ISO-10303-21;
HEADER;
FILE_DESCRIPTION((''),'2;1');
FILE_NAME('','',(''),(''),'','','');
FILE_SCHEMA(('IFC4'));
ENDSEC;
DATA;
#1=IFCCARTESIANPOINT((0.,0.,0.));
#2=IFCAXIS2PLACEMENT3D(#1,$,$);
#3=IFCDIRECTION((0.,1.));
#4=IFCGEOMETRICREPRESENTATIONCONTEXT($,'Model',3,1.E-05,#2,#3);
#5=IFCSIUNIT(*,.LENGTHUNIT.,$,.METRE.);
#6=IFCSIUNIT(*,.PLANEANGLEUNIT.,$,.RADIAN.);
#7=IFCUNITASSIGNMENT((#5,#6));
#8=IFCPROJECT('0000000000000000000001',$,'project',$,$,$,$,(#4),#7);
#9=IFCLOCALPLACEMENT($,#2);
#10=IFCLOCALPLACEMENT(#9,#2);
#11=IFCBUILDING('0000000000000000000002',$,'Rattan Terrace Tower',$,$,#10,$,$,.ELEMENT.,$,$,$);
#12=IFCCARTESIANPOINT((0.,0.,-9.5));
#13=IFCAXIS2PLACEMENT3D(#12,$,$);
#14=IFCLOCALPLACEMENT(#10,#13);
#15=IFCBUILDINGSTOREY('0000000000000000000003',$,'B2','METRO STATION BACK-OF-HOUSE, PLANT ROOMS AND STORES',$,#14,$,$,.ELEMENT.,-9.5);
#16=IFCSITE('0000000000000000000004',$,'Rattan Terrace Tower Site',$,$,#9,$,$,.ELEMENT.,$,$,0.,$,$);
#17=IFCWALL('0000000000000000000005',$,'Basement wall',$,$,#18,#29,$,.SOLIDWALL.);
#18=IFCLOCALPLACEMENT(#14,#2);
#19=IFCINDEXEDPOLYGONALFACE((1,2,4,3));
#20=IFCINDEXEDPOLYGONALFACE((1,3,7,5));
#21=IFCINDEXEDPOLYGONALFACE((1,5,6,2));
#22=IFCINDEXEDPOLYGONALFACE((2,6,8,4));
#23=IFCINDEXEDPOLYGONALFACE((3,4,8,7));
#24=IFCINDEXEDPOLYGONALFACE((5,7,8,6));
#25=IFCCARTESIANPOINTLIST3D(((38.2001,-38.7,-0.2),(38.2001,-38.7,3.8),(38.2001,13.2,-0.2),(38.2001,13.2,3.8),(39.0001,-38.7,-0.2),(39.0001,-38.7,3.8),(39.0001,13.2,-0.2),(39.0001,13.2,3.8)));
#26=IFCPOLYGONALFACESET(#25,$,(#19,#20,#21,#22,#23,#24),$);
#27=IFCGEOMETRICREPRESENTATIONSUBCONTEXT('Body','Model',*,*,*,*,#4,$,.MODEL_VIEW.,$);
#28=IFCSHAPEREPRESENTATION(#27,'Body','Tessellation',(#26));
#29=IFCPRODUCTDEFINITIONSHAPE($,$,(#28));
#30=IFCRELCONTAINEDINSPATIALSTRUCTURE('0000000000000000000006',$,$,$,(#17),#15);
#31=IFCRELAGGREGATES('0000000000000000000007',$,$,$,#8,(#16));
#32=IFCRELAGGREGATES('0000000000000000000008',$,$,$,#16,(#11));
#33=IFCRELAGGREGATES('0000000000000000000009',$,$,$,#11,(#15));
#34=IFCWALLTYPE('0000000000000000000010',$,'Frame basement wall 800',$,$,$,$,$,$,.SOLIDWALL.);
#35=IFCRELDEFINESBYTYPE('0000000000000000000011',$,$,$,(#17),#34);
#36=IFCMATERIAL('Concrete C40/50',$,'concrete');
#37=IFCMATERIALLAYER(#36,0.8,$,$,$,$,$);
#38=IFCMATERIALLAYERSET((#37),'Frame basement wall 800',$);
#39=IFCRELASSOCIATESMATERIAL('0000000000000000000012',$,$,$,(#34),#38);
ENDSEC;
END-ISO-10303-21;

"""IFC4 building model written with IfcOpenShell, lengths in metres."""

from ifc_helpers import new_model, si_unit, direction, frame, frame_2d, origin, place, context, subcontext, project, spatial, rectangle, extrude, material, layer, layer_set, type_object, element, save


model = new_model("IFC4")

# Units and contexts
model_context = context("Model", 3, precision=1e-05, world=origin(), true_north=direction((0.0, 1.0)))
body_context = subcontext(model_context, "Body", "Model", "MODEL_VIEW")
ifc_project = project(units=[si_unit("LENGTHUNIT", "METRE"), si_unit("PLANEANGLEUNIT", "RADIAN")], contexts=[model_context])

# Site, building, storey
site_placement = place(None, origin())
site = spatial("IfcSite", under=ifc_project, at=site_placement, Name="Rattan Terrace Tower Site", CompositionType="ELEMENT", RefElevation=0.0)
building_placement = place(site_placement, origin())
building = spatial("IfcBuilding", under=site, at=building_placement, Name="Rattan Terrace Tower", CompositionType="ELEMENT")
storey_placement = place(building_placement, frame((0.0, 0.0, -9.5)))
storey = spatial("IfcBuildingStorey", under=building, at=storey_placement, Name="B2", Description="METRO STATION BACK-OF-HOUSE, PLANT ROOMS AND STORES", CompositionType="ELEMENT", Elevation=-9.5)

# Wall
ifc_material_1 = material(Name="Concrete C40/50", Category="concrete")
ifc_layer = layer(ifc_material_1, 0.8)
ifc_layer_set = layer_set([ifc_layer], Name="Frame basement wall 800")
wall_type = type_object("IfcWallType", Name="Frame basement wall 800", PredefinedType="SOLIDWALL", material=ifc_layer_set)
wall_placement = place(storey_placement, frame((38.6001, -38.7, -0.2), z_axis=(0.0, 0.0, 1.0), x_axis=(0.0, 1.0, 0.0)))
element("IfcWall", 1, at=wall_placement, inside=storey, type_object=wall_type, Name="Basement wall", PredefinedType="SOLIDWALL", context=body_context, shape_type="SweptSolid", body=[
    extrude(rectangle(XDim=51.8999, YDim=0.8, at=frame_2d((25.95, 0.0))), origin(), (0.0, 0.0, 1.0), 4.0),
])

save(model, "model.ifc")
